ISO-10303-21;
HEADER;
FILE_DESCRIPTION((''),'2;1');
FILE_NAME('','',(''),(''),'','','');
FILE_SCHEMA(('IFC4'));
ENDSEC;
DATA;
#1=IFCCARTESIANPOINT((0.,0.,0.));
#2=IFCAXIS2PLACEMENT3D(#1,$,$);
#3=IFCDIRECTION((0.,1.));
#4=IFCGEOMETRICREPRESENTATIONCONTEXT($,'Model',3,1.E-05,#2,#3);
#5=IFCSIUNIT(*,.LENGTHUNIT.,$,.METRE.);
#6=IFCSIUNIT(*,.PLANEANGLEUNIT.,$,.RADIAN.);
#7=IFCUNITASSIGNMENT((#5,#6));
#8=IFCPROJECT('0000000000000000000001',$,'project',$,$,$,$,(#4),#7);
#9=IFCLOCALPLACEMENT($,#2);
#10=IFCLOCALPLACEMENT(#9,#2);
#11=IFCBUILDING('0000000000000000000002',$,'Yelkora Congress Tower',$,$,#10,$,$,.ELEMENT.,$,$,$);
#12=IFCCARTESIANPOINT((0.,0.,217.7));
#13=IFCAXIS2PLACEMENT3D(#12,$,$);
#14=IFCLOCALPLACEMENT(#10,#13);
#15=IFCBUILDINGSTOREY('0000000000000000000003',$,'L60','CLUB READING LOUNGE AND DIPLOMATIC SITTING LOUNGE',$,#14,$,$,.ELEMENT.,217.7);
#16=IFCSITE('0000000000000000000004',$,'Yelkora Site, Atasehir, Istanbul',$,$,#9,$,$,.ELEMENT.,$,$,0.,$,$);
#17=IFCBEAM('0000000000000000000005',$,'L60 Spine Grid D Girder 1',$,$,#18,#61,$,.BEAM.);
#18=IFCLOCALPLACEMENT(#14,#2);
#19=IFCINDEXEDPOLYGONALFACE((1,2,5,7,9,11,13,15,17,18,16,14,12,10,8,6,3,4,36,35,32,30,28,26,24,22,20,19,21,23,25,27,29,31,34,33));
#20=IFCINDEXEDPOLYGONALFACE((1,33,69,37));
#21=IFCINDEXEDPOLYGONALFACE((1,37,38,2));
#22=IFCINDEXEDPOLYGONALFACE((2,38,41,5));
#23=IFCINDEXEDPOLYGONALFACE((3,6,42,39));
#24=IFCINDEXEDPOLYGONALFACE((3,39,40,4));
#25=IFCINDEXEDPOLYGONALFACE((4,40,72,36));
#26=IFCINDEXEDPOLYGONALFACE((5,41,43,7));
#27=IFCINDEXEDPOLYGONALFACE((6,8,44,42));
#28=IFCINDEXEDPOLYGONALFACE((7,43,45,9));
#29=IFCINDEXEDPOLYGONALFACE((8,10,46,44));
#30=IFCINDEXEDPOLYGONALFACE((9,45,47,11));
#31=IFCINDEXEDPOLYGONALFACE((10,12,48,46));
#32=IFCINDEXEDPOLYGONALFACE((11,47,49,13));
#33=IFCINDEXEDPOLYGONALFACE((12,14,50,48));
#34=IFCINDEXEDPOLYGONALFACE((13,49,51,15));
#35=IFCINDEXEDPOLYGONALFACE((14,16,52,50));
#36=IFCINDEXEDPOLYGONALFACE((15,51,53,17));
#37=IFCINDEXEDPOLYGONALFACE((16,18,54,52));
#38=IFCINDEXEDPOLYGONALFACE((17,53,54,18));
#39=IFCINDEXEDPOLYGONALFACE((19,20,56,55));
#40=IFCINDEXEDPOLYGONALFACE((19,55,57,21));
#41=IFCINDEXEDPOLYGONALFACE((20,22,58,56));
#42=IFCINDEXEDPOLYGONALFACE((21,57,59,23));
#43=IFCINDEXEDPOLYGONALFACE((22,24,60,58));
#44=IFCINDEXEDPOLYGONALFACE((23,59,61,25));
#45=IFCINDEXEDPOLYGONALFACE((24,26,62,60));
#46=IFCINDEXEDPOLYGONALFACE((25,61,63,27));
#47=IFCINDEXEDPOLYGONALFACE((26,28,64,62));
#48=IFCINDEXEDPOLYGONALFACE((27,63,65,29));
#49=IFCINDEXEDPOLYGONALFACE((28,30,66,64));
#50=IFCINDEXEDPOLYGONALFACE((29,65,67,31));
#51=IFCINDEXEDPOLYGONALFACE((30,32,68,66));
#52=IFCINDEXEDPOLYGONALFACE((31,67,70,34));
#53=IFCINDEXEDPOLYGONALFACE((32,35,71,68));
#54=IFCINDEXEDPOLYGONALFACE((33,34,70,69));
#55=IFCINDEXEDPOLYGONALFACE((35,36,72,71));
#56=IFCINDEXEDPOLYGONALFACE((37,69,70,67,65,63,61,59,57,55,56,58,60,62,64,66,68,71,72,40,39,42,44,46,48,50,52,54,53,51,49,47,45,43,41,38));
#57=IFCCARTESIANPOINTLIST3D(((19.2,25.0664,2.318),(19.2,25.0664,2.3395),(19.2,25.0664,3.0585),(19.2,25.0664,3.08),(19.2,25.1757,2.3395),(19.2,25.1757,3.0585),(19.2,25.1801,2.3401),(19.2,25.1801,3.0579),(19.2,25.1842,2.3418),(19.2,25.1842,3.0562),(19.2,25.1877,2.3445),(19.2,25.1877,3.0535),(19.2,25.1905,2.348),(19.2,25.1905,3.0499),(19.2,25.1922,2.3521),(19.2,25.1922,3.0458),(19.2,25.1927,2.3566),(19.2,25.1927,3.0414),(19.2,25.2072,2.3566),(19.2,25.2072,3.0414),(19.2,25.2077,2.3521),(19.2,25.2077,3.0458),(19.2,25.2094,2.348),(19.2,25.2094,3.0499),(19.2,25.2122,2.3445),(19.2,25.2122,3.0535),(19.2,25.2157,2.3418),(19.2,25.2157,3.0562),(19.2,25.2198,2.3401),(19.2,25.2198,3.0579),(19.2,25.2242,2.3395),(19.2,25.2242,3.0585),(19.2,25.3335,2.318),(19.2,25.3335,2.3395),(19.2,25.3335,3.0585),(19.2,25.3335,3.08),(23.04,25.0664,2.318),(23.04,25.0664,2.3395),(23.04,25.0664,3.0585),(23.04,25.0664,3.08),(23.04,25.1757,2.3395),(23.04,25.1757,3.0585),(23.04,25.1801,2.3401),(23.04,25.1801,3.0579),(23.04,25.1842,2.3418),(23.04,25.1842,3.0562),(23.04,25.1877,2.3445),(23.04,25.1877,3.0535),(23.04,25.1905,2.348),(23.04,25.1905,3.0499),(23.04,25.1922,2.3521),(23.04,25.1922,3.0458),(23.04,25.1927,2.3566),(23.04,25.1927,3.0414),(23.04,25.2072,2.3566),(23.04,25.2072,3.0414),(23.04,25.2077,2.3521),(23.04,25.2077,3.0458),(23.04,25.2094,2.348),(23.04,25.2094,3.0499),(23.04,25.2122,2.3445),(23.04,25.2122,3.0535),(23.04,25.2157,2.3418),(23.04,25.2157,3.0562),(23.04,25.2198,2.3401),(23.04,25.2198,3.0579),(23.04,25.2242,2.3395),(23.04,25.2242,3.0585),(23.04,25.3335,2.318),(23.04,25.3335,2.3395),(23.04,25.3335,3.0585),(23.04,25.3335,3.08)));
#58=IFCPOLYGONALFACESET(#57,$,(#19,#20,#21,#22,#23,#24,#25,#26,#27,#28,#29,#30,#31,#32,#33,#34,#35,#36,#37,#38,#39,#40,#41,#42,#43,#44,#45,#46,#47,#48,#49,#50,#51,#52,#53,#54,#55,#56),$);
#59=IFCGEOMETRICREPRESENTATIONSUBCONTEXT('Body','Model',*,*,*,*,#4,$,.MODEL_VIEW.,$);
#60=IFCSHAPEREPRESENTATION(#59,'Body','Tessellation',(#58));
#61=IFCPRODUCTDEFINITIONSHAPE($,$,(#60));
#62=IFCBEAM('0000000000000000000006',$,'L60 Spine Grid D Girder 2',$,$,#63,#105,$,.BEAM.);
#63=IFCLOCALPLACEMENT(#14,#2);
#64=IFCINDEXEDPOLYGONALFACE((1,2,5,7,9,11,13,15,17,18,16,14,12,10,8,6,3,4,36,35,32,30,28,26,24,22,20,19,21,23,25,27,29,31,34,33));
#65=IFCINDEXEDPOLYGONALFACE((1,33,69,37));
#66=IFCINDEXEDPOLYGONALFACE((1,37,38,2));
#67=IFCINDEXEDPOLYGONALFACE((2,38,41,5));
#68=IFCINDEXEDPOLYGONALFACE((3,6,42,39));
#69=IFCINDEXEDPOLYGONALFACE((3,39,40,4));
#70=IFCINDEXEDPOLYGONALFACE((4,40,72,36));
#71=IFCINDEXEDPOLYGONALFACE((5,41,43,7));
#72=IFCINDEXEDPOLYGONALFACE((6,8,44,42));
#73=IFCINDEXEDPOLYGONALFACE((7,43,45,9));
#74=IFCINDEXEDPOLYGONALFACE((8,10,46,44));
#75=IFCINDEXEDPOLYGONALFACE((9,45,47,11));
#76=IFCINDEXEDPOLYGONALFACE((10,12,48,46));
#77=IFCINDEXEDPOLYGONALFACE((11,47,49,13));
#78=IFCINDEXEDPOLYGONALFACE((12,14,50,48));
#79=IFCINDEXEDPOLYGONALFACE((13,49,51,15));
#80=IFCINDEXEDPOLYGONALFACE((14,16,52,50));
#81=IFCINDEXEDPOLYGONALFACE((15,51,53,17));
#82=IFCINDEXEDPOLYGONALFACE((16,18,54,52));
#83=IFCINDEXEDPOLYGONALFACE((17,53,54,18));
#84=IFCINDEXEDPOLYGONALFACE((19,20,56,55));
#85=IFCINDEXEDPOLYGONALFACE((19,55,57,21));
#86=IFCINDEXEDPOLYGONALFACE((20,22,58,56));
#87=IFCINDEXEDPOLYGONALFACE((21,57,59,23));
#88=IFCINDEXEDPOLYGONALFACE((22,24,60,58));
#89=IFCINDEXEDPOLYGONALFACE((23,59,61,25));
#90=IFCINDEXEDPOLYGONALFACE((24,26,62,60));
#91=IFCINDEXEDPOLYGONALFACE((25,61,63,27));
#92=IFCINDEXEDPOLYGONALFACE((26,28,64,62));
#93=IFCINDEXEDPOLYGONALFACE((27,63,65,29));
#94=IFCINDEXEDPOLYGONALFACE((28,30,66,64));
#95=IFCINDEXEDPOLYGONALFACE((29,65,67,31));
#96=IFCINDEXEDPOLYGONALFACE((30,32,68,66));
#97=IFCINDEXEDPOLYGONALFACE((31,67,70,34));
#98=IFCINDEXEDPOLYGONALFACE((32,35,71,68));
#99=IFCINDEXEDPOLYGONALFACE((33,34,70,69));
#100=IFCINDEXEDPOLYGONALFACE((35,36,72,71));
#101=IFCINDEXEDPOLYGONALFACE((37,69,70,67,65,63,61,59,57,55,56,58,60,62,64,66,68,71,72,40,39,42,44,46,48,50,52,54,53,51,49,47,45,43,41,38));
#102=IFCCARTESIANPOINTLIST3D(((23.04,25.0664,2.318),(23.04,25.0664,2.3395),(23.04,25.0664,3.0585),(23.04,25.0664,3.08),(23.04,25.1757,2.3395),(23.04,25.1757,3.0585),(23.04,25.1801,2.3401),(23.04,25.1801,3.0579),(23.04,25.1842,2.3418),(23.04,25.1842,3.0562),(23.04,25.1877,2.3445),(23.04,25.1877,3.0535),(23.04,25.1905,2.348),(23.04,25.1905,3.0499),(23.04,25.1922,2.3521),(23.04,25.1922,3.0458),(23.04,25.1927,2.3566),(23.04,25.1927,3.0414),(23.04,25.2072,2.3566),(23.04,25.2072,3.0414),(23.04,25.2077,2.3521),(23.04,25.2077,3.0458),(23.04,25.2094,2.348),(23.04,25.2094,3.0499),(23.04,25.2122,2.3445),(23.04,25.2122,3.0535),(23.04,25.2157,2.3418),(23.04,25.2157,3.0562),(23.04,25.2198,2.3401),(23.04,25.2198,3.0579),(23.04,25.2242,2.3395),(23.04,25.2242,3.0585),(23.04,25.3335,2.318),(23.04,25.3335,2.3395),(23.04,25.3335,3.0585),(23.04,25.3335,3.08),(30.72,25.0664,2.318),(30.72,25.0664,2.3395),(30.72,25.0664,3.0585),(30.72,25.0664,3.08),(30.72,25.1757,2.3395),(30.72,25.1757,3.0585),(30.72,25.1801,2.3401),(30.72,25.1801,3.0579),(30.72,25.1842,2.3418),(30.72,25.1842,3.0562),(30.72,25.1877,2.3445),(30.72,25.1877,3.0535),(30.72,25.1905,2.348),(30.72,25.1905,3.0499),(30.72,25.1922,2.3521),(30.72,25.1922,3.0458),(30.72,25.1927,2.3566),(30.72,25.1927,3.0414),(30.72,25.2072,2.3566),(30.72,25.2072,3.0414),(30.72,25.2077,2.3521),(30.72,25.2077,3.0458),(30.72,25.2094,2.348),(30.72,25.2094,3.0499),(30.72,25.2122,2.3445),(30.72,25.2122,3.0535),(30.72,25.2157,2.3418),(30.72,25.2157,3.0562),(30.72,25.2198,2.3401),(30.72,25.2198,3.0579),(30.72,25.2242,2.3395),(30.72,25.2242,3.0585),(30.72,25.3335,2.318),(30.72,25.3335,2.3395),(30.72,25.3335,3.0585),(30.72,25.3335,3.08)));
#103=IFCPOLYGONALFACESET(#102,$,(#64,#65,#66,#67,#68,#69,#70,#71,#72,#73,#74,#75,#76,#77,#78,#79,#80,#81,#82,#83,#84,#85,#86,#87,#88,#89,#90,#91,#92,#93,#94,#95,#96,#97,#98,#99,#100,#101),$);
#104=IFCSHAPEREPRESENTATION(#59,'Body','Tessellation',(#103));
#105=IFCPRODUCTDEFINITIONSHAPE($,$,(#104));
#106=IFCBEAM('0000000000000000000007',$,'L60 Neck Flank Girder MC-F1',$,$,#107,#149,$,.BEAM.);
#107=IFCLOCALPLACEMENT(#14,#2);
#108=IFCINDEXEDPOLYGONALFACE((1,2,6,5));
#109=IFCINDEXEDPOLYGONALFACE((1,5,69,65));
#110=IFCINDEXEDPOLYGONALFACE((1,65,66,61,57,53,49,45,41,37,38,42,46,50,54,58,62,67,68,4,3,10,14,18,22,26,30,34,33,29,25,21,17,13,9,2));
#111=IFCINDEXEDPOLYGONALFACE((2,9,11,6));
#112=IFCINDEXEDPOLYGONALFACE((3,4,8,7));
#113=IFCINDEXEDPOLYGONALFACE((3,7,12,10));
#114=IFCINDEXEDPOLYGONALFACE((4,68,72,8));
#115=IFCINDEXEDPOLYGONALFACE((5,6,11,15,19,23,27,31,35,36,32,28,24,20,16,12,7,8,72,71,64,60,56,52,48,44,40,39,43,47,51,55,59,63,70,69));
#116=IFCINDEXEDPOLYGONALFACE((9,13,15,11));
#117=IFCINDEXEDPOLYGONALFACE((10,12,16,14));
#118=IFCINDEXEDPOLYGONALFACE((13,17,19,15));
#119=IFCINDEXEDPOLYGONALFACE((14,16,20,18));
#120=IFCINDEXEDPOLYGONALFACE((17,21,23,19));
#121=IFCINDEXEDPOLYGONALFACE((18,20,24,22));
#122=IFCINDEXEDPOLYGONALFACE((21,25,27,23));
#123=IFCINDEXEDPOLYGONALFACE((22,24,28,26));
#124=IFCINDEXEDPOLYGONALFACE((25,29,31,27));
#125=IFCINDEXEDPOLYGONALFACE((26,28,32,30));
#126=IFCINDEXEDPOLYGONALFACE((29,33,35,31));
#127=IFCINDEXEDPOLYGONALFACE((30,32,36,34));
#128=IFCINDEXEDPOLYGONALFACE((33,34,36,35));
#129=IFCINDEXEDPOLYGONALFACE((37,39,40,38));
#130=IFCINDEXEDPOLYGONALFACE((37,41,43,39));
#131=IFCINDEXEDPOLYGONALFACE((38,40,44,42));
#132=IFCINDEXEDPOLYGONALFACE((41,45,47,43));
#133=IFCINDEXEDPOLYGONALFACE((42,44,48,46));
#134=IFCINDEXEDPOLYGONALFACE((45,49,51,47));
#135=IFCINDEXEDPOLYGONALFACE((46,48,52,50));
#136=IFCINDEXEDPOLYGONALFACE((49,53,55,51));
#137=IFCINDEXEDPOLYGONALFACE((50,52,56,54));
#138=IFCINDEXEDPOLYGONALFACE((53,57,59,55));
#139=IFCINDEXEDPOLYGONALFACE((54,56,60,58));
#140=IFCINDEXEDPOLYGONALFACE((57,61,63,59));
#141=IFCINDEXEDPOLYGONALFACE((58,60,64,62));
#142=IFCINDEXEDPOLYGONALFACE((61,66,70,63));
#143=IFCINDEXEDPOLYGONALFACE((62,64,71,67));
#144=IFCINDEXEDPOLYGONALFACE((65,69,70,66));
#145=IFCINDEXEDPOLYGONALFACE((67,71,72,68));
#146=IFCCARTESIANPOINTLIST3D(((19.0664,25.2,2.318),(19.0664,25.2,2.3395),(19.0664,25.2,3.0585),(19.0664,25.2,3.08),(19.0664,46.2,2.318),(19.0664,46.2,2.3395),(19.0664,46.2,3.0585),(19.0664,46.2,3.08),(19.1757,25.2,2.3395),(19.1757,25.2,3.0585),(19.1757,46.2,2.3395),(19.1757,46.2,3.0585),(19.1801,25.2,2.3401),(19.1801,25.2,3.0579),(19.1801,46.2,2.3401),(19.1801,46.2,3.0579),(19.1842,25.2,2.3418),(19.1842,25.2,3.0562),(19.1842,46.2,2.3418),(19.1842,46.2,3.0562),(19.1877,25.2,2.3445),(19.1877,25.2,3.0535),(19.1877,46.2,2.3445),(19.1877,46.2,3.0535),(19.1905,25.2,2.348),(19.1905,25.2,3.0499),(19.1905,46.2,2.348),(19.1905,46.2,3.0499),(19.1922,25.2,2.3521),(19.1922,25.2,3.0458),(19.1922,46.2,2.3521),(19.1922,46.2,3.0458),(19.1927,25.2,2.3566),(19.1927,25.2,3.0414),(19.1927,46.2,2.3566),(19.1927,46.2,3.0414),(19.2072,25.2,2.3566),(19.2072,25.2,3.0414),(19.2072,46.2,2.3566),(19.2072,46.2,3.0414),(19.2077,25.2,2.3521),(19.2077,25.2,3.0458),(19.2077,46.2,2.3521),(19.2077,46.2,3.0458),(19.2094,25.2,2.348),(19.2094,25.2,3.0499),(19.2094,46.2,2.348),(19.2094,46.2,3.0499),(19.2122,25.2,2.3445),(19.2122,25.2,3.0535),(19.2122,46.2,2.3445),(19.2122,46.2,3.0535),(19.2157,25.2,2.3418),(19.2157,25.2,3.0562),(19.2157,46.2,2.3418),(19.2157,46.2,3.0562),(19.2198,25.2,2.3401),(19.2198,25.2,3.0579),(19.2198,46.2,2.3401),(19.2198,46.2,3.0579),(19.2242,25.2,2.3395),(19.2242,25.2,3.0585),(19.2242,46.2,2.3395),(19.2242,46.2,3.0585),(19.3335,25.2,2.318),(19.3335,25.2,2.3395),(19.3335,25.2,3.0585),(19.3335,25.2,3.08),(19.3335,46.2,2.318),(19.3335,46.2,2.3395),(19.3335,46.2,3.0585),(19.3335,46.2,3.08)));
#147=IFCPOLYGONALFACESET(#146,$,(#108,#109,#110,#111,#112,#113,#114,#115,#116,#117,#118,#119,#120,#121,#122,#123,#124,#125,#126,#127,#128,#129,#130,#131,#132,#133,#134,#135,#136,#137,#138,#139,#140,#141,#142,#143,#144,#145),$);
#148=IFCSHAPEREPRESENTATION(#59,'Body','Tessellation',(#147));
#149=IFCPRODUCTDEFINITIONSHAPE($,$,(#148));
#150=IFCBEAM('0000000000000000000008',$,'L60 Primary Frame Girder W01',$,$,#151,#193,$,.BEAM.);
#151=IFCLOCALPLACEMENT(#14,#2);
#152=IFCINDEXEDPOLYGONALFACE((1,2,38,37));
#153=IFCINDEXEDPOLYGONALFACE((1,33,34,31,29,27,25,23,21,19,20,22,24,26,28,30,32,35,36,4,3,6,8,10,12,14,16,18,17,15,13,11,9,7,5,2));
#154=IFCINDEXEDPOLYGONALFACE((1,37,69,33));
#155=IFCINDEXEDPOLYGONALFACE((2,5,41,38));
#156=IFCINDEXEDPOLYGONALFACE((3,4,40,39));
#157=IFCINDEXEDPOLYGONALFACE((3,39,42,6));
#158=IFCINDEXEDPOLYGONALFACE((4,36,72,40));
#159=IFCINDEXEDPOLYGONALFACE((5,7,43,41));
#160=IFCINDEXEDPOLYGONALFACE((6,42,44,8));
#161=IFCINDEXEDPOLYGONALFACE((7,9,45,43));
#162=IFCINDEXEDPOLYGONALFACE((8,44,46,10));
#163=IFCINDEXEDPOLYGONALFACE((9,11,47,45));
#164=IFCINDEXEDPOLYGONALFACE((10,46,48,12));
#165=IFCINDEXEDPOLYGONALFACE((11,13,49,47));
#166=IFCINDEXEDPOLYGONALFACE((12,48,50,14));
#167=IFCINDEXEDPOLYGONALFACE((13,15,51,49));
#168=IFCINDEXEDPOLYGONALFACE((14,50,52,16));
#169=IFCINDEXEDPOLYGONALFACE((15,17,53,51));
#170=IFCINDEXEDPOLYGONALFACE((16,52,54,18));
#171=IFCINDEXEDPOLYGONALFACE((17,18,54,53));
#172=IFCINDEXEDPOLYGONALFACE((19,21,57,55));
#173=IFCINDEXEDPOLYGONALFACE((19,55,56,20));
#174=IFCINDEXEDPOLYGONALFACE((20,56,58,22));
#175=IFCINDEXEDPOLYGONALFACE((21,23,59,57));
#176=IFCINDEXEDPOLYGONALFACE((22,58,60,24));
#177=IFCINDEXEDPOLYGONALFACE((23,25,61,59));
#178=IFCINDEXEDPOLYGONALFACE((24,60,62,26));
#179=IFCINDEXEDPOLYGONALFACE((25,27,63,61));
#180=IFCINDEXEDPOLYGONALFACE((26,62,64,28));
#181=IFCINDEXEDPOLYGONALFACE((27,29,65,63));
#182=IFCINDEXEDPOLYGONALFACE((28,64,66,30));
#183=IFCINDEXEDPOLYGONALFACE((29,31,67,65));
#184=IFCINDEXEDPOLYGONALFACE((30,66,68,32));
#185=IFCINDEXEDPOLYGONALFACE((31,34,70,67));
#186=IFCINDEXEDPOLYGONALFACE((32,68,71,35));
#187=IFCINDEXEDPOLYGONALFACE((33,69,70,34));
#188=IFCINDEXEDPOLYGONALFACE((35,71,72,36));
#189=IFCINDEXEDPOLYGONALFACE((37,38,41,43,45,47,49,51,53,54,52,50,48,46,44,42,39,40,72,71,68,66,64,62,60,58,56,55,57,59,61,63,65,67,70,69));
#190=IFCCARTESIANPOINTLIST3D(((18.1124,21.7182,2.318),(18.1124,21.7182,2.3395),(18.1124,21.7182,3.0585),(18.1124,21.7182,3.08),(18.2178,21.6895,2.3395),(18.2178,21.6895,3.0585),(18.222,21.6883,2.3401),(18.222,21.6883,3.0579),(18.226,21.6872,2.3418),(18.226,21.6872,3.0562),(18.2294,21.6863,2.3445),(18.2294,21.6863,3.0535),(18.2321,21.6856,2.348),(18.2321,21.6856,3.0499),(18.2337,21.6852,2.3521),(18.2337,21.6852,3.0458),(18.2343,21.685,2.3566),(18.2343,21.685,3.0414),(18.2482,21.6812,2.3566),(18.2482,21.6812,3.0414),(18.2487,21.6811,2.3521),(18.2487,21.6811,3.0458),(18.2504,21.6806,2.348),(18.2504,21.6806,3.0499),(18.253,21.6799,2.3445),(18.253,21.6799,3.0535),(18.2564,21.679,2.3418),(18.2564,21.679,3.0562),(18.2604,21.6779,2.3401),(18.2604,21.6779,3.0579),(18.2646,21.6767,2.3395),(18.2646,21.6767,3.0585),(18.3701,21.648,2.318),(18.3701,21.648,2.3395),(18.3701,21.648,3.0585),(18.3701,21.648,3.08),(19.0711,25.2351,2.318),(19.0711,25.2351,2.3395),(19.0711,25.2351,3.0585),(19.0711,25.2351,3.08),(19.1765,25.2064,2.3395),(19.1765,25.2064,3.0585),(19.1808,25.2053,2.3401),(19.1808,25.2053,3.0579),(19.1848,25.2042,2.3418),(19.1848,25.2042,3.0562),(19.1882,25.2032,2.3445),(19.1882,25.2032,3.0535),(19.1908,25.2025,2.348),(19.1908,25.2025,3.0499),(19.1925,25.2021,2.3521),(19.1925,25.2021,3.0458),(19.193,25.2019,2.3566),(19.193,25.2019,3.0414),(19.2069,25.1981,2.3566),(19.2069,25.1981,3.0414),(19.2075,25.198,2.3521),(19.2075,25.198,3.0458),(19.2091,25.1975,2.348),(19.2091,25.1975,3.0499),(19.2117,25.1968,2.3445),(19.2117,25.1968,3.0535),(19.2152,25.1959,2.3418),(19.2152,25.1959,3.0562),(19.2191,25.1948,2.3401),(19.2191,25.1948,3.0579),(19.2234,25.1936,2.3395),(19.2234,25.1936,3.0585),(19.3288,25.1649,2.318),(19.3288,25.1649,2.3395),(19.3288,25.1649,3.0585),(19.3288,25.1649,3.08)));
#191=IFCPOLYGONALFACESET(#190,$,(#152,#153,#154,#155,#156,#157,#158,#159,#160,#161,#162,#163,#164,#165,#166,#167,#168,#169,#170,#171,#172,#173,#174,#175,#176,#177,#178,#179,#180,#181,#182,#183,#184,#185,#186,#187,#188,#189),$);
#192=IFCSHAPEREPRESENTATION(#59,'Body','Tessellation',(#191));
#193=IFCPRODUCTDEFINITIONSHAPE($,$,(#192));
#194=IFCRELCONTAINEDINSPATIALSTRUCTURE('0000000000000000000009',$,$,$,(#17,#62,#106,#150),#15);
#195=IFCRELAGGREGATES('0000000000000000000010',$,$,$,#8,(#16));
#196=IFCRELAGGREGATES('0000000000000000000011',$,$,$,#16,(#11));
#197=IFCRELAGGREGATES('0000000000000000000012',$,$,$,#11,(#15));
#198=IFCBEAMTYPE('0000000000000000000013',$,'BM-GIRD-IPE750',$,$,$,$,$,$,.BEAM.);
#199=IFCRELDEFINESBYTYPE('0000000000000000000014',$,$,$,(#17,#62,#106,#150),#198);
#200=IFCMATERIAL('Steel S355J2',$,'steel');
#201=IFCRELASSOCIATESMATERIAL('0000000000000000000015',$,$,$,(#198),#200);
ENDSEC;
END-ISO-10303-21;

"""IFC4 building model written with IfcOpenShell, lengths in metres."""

from ifc_helpers import new_model, si_unit, direction, frame, origin, origin_2d, place, context, subcontext, project, spatial, i_section, extrude, material, material_profile, profile_set, type_object, element, save


model = new_model("IFC4")

# Units and contexts
model_context = context("Model", 3, precision=1e-05, world=origin(), true_north=direction((0.0, 1.0)))
body_context = subcontext(model_context, "Body", "Model", "MODEL_VIEW")
ifc_project = project(units=[si_unit("LENGTHUNIT", "METRE"), si_unit("PLANEANGLEUNIT", "RADIAN")], contexts=[model_context])

# Site, building, storey
site_placement = place(None, origin())
site = spatial("IfcSite", under=ifc_project, at=site_placement, Name="Yelkora Site, Atasehir, Istanbul", CompositionType="ELEMENT", RefElevation=0.0)
building_placement = place(site_placement, origin())
building = spatial("IfcBuilding", under=site, at=building_placement, Name="Yelkora Congress Tower", CompositionType="ELEMENT")
storey_placement = place(building_placement, frame((0.0, 0.0, 217.7)))
storey = spatial("IfcBuildingStorey", under=building, at=storey_placement, Name="L60", Description="CLUB READING LOUNGE AND DIPLOMATIC SITTING LOUNGE", CompositionType="ELEMENT", Elevation=217.7)

# Shared definitions
ifc_material_1 = material(Name="Steel S355J2", Category="steel")

# Beams
ifc_material_profile_1 = material_profile(ifc_material_1, i_section(OverallWidth=0.2671, OverallDepth=0.762, WebThickness=0.0144, FlangeThickness=0.0215, FilletRadius=0.0171, at=origin_2d()), Name="IPE 750x173")
ifc_profile_set_1 = profile_set([ifc_material_profile_1], Name="Steel S355J2")
beam_type_1 = type_object("IfcBeamType", Name="BM-GIRD-IPE750", PredefinedType="BEAM", material=ifc_profile_set_1)
beam_1_placement = place(storey_placement, frame((19.2, 25.2, 2.699), z_axis=(1.0, 0.0, 0.0), x_axis=(0.0, 1.0, 0.0)))
element("IfcBeam", 1, at=beam_1_placement, inside=storey, type_object=beam_type_1, Name="L60 Spine Grid D Girder 1", PredefinedType="BEAM", context=body_context, shape_type="SweptSolid", body=[
    extrude(i_section(OverallWidth=0.2671, OverallDepth=0.762, WebThickness=0.0144, FlangeThickness=0.0215, FilletRadius=0.0171, at=origin_2d()), origin(), (0.0, 0.0, 1.0), 3.8401),
])
beam_2_placement = place(storey_placement, frame((23.04, 25.2, 2.699), z_axis=(1.0, 0.0, 0.0), x_axis=(0.0, 1.0, 0.0)))
element("IfcBeam", 2, at=beam_2_placement, inside=storey, type_object=beam_type_1, Name="L60 Spine Grid D Girder 2", PredefinedType="BEAM", context=body_context, shape_type="SweptSolid", body=[
    extrude(i_section(OverallWidth=0.2671, OverallDepth=0.762, WebThickness=0.0144, FlangeThickness=0.0215, FilletRadius=0.0171, at=origin_2d()), origin(), (0.0, 0.0, 1.0), 7.6799),
])
beam_3_placement = place(storey_placement, frame((19.2, 25.2, 2.699), z_axis=(0.0, 1.0, 0.0), x_axis=(-1.0, 0.0, 0.0)))
element("IfcBeam", 3, at=beam_3_placement, inside=storey, type_object=beam_type_1, Name="L60 Neck Flank Girder MC-F1", PredefinedType="BEAM", context=body_context, shape_type="SweptSolid", body=[
    extrude(i_section(OverallWidth=0.2671, OverallDepth=0.762, WebThickness=0.0144, FlangeThickness=0.0215, FilletRadius=0.0171, at=origin_2d()), origin(), (0.0, 0.0, 1.0), 21.0),
])
beam_4_placement = place(storey_placement, frame((18.2412, 21.6831, 2.699), z_axis=(0.263015, 0.964792, 0.0), x_axis=(-0.964792, 0.263015, 0.0)))
element("IfcBeam", 4, at=beam_4_placement, inside=storey, type_object=beam_type_1, Name="L60 Primary Frame Girder W01", PredefinedType="BEAM", context=body_context, shape_type="SweptSolid", body=[
    extrude(i_section(OverallWidth=0.2671, OverallDepth=0.762, WebThickness=0.0144, FlangeThickness=0.0215, FilletRadius=0.0171, at=origin_2d()), origin(), (0.0, 0.0, 1.0), 3.6453),
])

save(model, "model.ifc")
